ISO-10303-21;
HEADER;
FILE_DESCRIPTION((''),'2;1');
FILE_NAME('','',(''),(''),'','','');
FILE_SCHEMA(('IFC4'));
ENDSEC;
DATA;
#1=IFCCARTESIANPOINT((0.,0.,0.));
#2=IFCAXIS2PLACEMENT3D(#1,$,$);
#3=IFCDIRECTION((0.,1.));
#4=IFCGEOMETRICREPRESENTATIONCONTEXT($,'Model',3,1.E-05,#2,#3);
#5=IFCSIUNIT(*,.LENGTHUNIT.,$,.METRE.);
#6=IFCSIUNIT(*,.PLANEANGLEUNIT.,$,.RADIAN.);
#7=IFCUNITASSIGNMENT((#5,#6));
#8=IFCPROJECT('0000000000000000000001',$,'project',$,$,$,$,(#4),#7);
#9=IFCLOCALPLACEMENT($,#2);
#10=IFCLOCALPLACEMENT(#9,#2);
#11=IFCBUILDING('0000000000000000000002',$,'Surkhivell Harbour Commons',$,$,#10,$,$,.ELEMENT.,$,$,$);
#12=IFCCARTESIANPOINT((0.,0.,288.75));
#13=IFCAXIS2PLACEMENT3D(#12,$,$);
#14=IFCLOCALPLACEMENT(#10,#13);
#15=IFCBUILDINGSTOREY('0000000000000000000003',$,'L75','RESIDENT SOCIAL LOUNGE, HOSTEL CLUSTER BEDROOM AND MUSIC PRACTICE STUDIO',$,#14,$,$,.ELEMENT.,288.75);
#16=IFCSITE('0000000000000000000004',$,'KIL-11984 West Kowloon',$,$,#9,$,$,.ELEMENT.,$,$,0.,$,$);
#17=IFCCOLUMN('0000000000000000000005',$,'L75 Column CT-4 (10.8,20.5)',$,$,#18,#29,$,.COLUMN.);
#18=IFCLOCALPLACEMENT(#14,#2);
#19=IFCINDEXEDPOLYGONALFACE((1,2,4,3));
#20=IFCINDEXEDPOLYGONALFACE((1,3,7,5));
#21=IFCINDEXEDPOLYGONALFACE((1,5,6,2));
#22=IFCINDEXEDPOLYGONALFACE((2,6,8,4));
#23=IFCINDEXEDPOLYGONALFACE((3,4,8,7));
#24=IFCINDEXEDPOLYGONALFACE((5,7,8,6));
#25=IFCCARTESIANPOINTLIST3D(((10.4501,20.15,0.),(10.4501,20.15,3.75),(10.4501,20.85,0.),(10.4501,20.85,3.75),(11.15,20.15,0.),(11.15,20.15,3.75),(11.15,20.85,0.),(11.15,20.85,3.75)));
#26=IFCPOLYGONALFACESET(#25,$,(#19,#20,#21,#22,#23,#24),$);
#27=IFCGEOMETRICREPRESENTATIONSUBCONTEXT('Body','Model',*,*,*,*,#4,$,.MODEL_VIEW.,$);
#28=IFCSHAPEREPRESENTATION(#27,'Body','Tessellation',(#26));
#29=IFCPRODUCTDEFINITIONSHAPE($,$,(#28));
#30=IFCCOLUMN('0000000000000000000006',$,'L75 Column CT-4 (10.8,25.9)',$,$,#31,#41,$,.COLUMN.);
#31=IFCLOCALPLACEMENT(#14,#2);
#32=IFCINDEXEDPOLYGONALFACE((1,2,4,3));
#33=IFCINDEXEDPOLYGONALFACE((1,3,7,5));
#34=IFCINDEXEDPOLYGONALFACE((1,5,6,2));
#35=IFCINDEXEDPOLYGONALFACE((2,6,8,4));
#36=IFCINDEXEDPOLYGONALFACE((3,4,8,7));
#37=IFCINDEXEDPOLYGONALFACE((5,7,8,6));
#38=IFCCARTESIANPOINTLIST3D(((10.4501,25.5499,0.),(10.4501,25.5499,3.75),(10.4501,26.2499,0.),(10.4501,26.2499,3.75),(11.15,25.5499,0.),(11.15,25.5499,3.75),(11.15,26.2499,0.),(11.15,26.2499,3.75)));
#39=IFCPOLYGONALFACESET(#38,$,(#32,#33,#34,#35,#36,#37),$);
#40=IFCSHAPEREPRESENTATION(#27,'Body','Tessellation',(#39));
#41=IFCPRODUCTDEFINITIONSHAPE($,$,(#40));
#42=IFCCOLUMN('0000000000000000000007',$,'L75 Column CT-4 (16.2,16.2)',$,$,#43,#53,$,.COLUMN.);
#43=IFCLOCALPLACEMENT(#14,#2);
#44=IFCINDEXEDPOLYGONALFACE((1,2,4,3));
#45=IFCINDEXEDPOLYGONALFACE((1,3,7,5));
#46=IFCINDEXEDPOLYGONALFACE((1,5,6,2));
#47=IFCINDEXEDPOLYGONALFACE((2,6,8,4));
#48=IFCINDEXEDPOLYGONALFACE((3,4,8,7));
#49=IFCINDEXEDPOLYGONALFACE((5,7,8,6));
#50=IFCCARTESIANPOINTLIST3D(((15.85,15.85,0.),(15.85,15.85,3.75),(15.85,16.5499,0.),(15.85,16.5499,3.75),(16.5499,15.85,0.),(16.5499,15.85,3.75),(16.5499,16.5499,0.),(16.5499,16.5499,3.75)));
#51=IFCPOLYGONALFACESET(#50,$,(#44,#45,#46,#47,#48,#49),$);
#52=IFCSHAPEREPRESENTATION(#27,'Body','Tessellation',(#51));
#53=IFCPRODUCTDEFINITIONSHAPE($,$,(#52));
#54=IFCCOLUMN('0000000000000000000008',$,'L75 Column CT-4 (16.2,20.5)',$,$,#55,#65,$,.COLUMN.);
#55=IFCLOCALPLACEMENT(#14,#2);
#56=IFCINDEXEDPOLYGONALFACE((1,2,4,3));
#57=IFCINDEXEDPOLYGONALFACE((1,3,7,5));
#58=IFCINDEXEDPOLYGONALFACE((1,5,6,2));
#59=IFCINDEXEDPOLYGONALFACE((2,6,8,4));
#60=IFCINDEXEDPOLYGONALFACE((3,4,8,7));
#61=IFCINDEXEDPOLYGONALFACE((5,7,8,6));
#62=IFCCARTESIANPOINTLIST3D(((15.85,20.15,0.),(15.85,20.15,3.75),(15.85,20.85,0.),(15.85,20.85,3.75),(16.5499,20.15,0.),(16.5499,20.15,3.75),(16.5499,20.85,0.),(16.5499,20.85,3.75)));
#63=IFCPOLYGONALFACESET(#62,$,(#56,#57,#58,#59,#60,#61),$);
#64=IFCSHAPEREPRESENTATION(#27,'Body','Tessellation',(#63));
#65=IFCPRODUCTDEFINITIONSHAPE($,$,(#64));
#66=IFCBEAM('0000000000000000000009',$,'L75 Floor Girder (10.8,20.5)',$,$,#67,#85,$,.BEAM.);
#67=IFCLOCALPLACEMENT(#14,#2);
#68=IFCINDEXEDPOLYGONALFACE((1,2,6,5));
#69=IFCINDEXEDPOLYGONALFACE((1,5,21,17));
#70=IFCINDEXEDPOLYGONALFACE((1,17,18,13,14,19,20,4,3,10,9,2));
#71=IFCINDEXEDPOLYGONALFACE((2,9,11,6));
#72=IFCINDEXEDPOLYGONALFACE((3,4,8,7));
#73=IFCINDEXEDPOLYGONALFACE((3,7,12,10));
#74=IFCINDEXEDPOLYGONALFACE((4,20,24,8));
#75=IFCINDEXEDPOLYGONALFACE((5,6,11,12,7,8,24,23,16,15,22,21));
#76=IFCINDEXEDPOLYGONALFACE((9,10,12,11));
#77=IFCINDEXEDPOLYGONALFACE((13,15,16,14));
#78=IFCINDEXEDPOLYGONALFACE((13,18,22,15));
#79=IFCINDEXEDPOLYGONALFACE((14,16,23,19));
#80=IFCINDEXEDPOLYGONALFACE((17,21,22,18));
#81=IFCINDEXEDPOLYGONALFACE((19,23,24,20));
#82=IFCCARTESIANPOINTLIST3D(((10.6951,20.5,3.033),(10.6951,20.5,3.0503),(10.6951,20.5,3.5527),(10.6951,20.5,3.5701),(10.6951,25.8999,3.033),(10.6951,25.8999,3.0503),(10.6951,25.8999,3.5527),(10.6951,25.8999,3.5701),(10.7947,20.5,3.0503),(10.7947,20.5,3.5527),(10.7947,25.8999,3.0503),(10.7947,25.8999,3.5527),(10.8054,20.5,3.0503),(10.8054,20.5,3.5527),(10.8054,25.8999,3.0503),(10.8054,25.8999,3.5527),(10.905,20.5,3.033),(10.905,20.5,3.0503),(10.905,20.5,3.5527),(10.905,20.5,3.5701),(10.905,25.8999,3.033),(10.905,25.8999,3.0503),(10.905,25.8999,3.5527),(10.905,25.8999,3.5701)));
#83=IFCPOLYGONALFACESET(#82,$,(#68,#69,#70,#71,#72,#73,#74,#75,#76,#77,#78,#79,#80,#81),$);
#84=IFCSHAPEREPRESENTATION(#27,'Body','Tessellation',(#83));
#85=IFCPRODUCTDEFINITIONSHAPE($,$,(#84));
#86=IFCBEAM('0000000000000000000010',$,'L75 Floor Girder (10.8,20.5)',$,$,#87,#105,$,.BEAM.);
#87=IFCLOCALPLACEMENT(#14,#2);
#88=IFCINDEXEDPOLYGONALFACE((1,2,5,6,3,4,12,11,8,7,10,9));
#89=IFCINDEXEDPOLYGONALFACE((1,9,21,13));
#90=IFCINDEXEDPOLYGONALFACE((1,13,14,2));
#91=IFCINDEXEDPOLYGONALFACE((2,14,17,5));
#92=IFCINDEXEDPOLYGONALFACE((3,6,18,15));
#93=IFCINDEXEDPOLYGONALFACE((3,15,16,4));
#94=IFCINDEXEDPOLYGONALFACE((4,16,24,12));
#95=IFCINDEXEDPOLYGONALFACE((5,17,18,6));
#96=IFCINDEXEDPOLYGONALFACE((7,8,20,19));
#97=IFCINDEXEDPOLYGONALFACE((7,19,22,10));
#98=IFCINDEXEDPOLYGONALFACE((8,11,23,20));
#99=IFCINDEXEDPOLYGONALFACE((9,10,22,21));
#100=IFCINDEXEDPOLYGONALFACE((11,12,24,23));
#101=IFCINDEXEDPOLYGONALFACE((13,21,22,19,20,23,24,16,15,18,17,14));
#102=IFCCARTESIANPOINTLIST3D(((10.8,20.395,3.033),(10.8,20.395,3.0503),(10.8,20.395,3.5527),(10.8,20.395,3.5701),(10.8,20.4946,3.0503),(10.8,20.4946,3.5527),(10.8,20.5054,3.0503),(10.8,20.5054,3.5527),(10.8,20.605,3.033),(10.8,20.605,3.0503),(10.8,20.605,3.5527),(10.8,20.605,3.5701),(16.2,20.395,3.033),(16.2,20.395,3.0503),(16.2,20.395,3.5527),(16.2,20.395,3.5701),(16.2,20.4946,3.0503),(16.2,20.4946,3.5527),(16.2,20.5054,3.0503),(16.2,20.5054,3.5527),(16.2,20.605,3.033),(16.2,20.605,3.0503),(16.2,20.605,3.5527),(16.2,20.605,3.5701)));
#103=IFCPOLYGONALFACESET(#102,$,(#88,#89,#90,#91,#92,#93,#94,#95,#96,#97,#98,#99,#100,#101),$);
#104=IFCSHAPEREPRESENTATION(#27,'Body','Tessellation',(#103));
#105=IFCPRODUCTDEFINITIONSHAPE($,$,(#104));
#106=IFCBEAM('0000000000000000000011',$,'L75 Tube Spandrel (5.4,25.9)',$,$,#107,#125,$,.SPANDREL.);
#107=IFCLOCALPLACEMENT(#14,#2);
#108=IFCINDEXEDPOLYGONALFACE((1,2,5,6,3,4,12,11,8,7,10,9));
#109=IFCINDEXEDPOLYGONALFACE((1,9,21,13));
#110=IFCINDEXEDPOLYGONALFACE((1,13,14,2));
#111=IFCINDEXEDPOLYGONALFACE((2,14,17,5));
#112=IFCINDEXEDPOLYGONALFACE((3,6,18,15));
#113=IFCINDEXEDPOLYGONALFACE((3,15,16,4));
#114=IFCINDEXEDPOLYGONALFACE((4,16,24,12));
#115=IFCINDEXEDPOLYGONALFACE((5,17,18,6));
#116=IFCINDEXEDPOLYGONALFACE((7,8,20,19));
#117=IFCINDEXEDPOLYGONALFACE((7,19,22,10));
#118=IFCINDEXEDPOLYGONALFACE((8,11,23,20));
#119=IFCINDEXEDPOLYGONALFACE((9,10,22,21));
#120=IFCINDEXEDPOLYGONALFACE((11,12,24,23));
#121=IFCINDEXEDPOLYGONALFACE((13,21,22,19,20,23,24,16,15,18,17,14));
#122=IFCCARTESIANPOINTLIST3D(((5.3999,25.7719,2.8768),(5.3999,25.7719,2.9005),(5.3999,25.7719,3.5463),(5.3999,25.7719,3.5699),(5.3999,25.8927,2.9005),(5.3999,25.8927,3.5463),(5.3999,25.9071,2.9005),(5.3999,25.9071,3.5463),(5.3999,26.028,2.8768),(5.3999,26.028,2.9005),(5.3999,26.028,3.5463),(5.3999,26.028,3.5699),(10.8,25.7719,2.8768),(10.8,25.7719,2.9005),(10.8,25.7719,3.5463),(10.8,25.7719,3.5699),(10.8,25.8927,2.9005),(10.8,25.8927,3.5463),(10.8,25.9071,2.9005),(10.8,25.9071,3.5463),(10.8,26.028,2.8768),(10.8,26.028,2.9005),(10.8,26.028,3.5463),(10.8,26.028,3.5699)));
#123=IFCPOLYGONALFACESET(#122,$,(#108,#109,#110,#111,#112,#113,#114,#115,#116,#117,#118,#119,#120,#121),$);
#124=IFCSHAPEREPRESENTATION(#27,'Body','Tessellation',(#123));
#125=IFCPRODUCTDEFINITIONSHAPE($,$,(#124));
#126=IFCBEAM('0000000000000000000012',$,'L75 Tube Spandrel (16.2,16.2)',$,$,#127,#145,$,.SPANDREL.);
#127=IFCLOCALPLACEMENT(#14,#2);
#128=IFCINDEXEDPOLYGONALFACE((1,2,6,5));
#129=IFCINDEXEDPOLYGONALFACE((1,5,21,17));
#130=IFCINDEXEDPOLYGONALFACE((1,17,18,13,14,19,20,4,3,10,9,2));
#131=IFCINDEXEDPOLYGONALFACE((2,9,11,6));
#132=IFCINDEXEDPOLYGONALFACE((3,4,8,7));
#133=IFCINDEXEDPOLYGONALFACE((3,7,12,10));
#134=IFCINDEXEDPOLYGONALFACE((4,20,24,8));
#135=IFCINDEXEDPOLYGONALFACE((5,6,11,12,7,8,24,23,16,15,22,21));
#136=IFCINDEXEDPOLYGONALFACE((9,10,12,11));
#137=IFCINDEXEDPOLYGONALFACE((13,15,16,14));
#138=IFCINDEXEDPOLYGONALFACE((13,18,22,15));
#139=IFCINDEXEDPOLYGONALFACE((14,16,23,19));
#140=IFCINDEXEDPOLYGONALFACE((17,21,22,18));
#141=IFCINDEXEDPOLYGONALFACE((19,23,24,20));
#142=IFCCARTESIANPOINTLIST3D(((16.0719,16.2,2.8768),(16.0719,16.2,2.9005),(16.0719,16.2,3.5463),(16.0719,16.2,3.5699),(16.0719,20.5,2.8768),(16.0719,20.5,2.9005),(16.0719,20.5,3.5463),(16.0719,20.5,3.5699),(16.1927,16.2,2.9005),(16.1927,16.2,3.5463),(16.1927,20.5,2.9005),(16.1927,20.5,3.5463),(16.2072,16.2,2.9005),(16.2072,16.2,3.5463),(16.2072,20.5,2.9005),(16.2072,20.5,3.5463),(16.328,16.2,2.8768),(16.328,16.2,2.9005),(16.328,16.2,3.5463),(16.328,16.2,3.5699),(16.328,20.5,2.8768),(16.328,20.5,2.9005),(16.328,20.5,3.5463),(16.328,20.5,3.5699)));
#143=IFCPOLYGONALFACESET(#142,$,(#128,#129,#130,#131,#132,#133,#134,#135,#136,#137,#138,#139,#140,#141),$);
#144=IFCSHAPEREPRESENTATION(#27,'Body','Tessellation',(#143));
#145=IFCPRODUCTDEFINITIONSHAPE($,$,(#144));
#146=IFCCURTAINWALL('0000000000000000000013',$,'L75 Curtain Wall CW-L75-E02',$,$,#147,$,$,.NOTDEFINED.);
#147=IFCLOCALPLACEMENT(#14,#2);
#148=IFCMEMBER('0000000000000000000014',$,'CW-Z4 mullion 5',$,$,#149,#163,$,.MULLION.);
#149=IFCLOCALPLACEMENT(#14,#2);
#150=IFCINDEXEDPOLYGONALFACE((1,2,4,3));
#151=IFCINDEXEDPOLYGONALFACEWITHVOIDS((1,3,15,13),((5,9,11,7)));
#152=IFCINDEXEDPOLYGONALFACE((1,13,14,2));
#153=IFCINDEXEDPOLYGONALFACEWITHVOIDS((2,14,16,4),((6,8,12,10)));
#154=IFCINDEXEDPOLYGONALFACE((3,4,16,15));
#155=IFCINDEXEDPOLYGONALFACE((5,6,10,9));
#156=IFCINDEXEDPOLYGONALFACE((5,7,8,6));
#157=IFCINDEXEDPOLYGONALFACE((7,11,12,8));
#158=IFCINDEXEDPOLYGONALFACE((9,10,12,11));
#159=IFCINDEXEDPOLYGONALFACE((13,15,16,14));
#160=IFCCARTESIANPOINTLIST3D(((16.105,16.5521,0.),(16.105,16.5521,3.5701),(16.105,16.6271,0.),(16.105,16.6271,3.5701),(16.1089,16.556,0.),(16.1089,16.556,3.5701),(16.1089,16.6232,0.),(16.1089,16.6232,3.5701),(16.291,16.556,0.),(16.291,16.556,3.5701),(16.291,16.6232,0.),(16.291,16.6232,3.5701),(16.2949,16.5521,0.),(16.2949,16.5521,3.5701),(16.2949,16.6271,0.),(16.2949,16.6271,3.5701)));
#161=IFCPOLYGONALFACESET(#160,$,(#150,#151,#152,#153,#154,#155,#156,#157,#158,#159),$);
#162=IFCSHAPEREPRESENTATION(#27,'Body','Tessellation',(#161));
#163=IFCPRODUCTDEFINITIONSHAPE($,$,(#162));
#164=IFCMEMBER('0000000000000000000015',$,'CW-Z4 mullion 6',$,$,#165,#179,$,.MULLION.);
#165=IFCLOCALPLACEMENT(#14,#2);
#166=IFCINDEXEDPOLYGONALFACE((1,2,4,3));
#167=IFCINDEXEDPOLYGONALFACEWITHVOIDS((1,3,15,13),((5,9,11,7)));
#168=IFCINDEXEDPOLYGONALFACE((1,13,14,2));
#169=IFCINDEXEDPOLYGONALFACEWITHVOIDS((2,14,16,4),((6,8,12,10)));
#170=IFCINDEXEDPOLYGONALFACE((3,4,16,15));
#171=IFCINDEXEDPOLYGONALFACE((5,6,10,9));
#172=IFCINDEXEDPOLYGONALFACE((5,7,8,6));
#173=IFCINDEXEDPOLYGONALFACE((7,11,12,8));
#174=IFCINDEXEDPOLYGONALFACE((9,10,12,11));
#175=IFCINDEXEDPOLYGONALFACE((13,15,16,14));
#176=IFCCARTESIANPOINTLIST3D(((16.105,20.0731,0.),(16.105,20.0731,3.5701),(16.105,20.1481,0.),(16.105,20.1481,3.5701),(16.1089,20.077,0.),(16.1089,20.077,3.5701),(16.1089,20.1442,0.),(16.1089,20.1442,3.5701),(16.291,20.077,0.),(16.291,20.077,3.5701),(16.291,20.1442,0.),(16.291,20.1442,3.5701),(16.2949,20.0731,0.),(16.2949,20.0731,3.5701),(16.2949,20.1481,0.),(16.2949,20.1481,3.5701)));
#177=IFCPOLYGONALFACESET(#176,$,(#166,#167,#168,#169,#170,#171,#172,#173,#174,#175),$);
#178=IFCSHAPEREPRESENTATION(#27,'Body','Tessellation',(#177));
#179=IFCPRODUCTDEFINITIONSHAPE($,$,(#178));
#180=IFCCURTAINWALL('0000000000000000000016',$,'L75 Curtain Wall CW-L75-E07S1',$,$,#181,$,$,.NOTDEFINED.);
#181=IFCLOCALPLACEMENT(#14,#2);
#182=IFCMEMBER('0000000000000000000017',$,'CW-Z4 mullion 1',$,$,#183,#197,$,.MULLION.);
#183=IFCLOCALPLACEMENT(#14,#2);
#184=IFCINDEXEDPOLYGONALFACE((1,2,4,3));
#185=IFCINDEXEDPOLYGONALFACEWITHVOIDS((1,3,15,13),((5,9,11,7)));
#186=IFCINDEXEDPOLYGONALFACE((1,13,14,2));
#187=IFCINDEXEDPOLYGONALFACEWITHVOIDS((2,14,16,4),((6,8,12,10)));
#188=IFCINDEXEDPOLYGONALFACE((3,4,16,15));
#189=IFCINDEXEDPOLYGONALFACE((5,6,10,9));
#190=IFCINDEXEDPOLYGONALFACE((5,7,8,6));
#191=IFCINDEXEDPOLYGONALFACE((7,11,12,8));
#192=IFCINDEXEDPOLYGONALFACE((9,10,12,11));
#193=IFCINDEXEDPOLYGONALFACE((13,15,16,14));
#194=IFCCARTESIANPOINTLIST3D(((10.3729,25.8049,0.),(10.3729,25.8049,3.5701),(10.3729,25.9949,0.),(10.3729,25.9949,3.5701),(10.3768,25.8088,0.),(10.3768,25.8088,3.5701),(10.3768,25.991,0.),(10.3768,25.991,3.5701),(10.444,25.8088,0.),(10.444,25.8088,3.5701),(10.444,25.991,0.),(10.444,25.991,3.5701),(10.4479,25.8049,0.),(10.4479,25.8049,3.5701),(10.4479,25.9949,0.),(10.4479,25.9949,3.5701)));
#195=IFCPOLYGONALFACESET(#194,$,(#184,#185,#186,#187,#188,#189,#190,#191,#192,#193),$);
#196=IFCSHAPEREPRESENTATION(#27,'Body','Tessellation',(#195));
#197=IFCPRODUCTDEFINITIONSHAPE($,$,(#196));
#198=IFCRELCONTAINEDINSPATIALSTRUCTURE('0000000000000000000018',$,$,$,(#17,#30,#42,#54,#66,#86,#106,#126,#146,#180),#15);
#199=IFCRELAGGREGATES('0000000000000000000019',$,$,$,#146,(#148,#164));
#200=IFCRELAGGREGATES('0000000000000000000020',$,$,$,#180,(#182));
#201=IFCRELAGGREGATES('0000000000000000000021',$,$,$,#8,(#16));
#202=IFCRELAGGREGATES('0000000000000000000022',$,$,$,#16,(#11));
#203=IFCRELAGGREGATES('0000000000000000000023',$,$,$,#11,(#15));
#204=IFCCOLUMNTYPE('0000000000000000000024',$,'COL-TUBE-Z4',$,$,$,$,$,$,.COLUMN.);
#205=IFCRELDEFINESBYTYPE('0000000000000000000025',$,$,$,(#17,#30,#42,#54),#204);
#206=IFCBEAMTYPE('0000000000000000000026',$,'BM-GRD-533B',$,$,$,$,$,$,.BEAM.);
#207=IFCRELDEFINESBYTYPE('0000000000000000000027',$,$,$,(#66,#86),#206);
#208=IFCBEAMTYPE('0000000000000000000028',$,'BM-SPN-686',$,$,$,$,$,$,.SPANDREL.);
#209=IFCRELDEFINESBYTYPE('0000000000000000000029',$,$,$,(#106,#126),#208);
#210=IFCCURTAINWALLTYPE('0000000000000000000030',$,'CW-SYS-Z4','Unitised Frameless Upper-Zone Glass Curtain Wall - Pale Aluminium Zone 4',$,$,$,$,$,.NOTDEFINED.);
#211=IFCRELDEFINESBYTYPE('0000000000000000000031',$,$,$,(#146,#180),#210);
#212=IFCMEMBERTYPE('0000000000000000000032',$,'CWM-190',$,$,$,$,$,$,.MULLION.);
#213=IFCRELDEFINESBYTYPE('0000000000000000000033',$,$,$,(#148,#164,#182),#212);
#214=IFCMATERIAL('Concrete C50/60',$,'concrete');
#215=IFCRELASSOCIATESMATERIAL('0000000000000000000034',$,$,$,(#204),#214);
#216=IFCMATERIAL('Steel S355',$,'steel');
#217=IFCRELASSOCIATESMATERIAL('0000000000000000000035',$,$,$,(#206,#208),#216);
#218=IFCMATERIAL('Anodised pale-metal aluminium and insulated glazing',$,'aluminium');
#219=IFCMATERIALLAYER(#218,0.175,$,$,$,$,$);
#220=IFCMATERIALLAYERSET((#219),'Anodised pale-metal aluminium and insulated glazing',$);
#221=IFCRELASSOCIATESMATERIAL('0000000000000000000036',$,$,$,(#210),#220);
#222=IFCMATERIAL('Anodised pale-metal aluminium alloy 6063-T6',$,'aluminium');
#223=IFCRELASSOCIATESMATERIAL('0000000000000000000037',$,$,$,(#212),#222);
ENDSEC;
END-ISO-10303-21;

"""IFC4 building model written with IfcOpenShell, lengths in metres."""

from ifc_helpers import new_model, si_unit, direction, frame, origin, origin_2d, place, context, subcontext, project, spatial, rectangle, hollow_rectangle, i_section, extrude, material, layer, layer_set, material_profile, profile_set, type_object, element, aggregate, save


model = new_model("IFC4")

# Units and contexts
model_context = context("Model", 3, precision=1e-05, world=origin(), true_north=direction((0.0, 1.0)))
body_context = subcontext(model_context, "Body", "Model", "MODEL_VIEW")
ifc_project = project(units=[si_unit("LENGTHUNIT", "METRE"), si_unit("PLANEANGLEUNIT", "RADIAN")], contexts=[model_context])

# Site, building, storey
site_placement = place(None, origin())
site = spatial("IfcSite", under=ifc_project, at=site_placement, Name="KIL-11984 West Kowloon", CompositionType="ELEMENT", RefElevation=0.0)
building_placement = place(site_placement, origin())
building = spatial("IfcBuilding", under=site, at=building_placement, Name="Surkhivell Harbour Commons", CompositionType="ELEMENT")
storey_placement = place(building_placement, frame((0.0, 0.0, 288.75)))
storey = spatial("IfcBuildingStorey", under=building, at=storey_placement, Name="L75", Description="RESIDENT SOCIAL LOUNGE, HOSTEL CLUSTER BEDROOM AND MUSIC PRACTICE STUDIO", CompositionType="ELEMENT", Elevation=288.75)

# Columns
ifc_material_1 = material(Name="Concrete C50/60", Category="concrete")
ifc_material_profile_1 = material_profile(ifc_material_1, rectangle(XDim=0.7, YDim=0.7, at=origin_2d()), Name="RC-COL-700x700")
ifc_profile_set_1 = profile_set([ifc_material_profile_1], Name="Concrete C50/60")
column_type = type_object("IfcColumnType", Name="COL-TUBE-Z4", PredefinedType="COLUMN", material=ifc_profile_set_1)
for number, where, z_axis, x_axis, name in (
    (1, (10.8, 20.5, 0.0), (0.0, 0.0, 1.0), (1.0, 0.0, 0.0), "L75 Column CT-4 (10.8,20.5)"),
    (2, (10.8, 25.8999, 0.0), (0.0, 0.0, 1.0), (1.0, 0.0, 0.0), "L75 Column CT-4 (10.8,25.9)"),
    (3, (16.2, 16.2, 0.0), (0.0, 0.0, 1.0), (1.0, 0.0, 0.0), "L75 Column CT-4 (16.2,16.2)"),
    (4, (16.2, 20.5, 0.0), (0.0, 0.0, 1.0), (1.0, 0.0, 0.0), "L75 Column CT-4 (16.2,20.5)"),
):
    element("IfcColumn", number, at=place(storey_placement, frame(where, z_axis=z_axis, x_axis=x_axis)), inside=storey, type_object=column_type, Name=name, PredefinedType="COLUMN", context=body_context, shape_type="SweptSolid", body=[
        extrude(rectangle(XDim=0.7, YDim=0.7, at=origin_2d()), origin(), (0.0, 0.0, 1.0), 3.75),
    ])

# Beams
ifc_material_2 = material(Name="Steel S355", Category="steel")
ifc_material_profile_2 = material_profile(ifc_material_2, i_section(OverallWidth=0.21, OverallDepth=0.5371, WebThickness=0.0107, FlangeThickness=0.0173, at=origin_2d()), Name="UB533x210x101")
ifc_profile_set_2 = profile_set([ifc_material_profile_2], Name="Steel S355")
beam_type_1 = type_object("IfcBeamType", Name="BM-GRD-533B", PredefinedType="BEAM", material=ifc_profile_set_2)
for number, where, z_axis, x_axis, name in (
    (5, (10.8, 20.5, 3.3015), (0.0, 1.0, 0.0), (-1.0, 0.0, 0.0), "L75 Floor Girder (10.8,20.5)"),
    (6, (10.8, 20.5, 3.3015), (1.0, 0.0, 0.0), (0.0, 1.0, 0.0), "L75 Floor Girder (10.8,20.5)"),
):
    element("IfcBeam", number, at=place(storey_placement, frame(where, z_axis=z_axis, x_axis=x_axis)), inside=storey, type_object=beam_type_1, Name=name, PredefinedType="BEAM", context=body_context, shape_type="SweptSolid", body=[
        extrude(i_section(OverallWidth=0.21, OverallDepth=0.5371, WebThickness=0.0107, FlangeThickness=0.0173, at=origin_2d()), origin(), (0.0, 0.0, 1.0), 5.3999),
    ])
ifc_material_profile_3 = material_profile(ifc_material_2, i_section(OverallWidth=0.2561, OverallDepth=0.6931, WebThickness=0.0144, FlangeThickness=0.0237, at=origin_2d()), Name="UB686x254x170")
ifc_profile_set_3 = profile_set([ifc_material_profile_3], Name="Steel S355")
beam_type_2 = type_object("IfcBeamType", Name="BM-SPN-686", PredefinedType="SPANDREL", material=ifc_profile_set_3)
beam_1_placement = place(storey_placement, frame((5.3999, 25.8999, 3.2234), z_axis=(1.0, 0.0, 0.0), x_axis=(0.0, 1.0, 0.0)))
element("IfcBeam", 7, at=beam_1_placement, inside=storey, type_object=beam_type_2, Name="L75 Tube Spandrel (5.4,25.9)", PredefinedType="SPANDREL", context=body_context, shape_type="SweptSolid", body=[
    extrude(i_section(OverallWidth=0.2561, OverallDepth=0.6931, WebThickness=0.0144, FlangeThickness=0.0237, at=origin_2d()), origin(), (0.0, 0.0, 1.0), 5.4001),
])
beam_2_placement = place(storey_placement, frame((16.2, 16.2, 3.2234), z_axis=(0.0, 1.0, 0.0), x_axis=(-1.0, 0.0, 0.0)))
element("IfcBeam", 8, at=beam_2_placement, inside=storey, type_object=beam_type_2, Name="L75 Tube Spandrel (16.2,16.2)", PredefinedType="SPANDREL", context=body_context, shape_type="SweptSolid", body=[
    extrude(i_section(OverallWidth=0.2561, OverallDepth=0.6931, WebThickness=0.0144, FlangeThickness=0.0237, at=origin_2d()), origin(), (0.0, 0.0, 1.0), 4.3),
])

# Curtain walls, members
ifc_material_3 = material(Name="Anodised pale-metal aluminium and insulated glazing", Category="aluminium")
ifc_layer_1 = layer(ifc_material_3, 0.175)
ifc_layer_set_1 = layer_set([ifc_layer_1], Name="Anodised pale-metal aluminium and insulated glazing")
curtain_wall_type = type_object("IfcCurtainWallType", Name="CW-SYS-Z4", Description="Unitised Frameless Upper-Zone Glass Curtain Wall - Pale Aluminium Zone 4", PredefinedType="NOTDEFINED", material=ifc_layer_set_1)
curtain_wall_1_placement = place(storey_placement, origin())
curtain_wall_1 = element("IfcCurtainWall", 9, at=curtain_wall_1_placement, inside=storey, type_object=curtain_wall_type, Name="L75 Curtain Wall CW-L75-E02", PredefinedType="NOTDEFINED")
ifc_material_4 = material(Name="Anodised pale-metal aluminium alloy 6063-T6", Category="aluminium")
ifc_material_profile_4 = material_profile(ifc_material_4, hollow_rectangle(XDim=0.075, YDim=0.1899, WallThickness=0.0039, at=origin_2d()), Name="ALU-MULL-75x190")
ifc_profile_set_4 = profile_set([ifc_material_profile_4], Name="Anodised pale-metal aluminium alloy 6063-T6")
member_type_1 = type_object("IfcMemberType", Name="CWM-190", PredefinedType="MULLION", material=ifc_profile_set_4)
member_1_placement = place(storey_placement, frame((16.2, 16.5896, 0.0), z_axis=(0.0, 0.0, 1.0), x_axis=(0.0, 1.0, 0.0)))
member_1 = element("IfcMember", 10, at=member_1_placement, type_object=member_type_1, Name="CW-Z4 mullion 5", PredefinedType="MULLION", context=body_context, shape_type="SweptSolid", body=[
    extrude(hollow_rectangle(XDim=0.075, YDim=0.1899, WallThickness=0.0039, at=origin_2d()), origin(), (0.0, 0.0, 1.0), 3.5701),
])
member_2_placement = place(storey_placement, frame((16.2, 20.1106, 0.0), z_axis=(0.0, 0.0, 1.0), x_axis=(0.0, 1.0, 0.0)))
member_2 = element("IfcMember", 11, at=member_2_placement, type_object=member_type_1, Name="CW-Z4 mullion 6", PredefinedType="MULLION", context=body_context, shape_type="SweptSolid", body=[
    extrude(hollow_rectangle(XDim=0.075, YDim=0.1899, WallThickness=0.0039, at=origin_2d()), origin(), (0.0, 0.0, 1.0), 3.5701),
])
curtain_wall_2_placement = place(storey_placement, origin())
curtain_wall_2 = element("IfcCurtainWall", 12, at=curtain_wall_2_placement, inside=storey, type_object=curtain_wall_type, Name="L75 Curtain Wall CW-L75-E07S1", PredefinedType="NOTDEFINED")
member_3_placement = place(storey_placement, frame((10.4104, 25.8999, 0.0), z_axis=(0.0, 0.0, 1.0), x_axis=(-1.0, 0.0, 0.0)))
member_3 = element("IfcMember", 13, at=member_3_placement, type_object=member_type_1, Name="CW-Z4 mullion 1", PredefinedType="MULLION", context=body_context, shape_type="SweptSolid", body=[
    extrude(hollow_rectangle(XDim=0.075, YDim=0.1899, WallThickness=0.0039, at=origin_2d()), origin(), (0.0, 0.0, 1.0), 3.5701),
])

aggregate(curtain_wall_1, [member_1, member_2])
aggregate(curtain_wall_2, [member_3])

save(model, "model.ifc")
